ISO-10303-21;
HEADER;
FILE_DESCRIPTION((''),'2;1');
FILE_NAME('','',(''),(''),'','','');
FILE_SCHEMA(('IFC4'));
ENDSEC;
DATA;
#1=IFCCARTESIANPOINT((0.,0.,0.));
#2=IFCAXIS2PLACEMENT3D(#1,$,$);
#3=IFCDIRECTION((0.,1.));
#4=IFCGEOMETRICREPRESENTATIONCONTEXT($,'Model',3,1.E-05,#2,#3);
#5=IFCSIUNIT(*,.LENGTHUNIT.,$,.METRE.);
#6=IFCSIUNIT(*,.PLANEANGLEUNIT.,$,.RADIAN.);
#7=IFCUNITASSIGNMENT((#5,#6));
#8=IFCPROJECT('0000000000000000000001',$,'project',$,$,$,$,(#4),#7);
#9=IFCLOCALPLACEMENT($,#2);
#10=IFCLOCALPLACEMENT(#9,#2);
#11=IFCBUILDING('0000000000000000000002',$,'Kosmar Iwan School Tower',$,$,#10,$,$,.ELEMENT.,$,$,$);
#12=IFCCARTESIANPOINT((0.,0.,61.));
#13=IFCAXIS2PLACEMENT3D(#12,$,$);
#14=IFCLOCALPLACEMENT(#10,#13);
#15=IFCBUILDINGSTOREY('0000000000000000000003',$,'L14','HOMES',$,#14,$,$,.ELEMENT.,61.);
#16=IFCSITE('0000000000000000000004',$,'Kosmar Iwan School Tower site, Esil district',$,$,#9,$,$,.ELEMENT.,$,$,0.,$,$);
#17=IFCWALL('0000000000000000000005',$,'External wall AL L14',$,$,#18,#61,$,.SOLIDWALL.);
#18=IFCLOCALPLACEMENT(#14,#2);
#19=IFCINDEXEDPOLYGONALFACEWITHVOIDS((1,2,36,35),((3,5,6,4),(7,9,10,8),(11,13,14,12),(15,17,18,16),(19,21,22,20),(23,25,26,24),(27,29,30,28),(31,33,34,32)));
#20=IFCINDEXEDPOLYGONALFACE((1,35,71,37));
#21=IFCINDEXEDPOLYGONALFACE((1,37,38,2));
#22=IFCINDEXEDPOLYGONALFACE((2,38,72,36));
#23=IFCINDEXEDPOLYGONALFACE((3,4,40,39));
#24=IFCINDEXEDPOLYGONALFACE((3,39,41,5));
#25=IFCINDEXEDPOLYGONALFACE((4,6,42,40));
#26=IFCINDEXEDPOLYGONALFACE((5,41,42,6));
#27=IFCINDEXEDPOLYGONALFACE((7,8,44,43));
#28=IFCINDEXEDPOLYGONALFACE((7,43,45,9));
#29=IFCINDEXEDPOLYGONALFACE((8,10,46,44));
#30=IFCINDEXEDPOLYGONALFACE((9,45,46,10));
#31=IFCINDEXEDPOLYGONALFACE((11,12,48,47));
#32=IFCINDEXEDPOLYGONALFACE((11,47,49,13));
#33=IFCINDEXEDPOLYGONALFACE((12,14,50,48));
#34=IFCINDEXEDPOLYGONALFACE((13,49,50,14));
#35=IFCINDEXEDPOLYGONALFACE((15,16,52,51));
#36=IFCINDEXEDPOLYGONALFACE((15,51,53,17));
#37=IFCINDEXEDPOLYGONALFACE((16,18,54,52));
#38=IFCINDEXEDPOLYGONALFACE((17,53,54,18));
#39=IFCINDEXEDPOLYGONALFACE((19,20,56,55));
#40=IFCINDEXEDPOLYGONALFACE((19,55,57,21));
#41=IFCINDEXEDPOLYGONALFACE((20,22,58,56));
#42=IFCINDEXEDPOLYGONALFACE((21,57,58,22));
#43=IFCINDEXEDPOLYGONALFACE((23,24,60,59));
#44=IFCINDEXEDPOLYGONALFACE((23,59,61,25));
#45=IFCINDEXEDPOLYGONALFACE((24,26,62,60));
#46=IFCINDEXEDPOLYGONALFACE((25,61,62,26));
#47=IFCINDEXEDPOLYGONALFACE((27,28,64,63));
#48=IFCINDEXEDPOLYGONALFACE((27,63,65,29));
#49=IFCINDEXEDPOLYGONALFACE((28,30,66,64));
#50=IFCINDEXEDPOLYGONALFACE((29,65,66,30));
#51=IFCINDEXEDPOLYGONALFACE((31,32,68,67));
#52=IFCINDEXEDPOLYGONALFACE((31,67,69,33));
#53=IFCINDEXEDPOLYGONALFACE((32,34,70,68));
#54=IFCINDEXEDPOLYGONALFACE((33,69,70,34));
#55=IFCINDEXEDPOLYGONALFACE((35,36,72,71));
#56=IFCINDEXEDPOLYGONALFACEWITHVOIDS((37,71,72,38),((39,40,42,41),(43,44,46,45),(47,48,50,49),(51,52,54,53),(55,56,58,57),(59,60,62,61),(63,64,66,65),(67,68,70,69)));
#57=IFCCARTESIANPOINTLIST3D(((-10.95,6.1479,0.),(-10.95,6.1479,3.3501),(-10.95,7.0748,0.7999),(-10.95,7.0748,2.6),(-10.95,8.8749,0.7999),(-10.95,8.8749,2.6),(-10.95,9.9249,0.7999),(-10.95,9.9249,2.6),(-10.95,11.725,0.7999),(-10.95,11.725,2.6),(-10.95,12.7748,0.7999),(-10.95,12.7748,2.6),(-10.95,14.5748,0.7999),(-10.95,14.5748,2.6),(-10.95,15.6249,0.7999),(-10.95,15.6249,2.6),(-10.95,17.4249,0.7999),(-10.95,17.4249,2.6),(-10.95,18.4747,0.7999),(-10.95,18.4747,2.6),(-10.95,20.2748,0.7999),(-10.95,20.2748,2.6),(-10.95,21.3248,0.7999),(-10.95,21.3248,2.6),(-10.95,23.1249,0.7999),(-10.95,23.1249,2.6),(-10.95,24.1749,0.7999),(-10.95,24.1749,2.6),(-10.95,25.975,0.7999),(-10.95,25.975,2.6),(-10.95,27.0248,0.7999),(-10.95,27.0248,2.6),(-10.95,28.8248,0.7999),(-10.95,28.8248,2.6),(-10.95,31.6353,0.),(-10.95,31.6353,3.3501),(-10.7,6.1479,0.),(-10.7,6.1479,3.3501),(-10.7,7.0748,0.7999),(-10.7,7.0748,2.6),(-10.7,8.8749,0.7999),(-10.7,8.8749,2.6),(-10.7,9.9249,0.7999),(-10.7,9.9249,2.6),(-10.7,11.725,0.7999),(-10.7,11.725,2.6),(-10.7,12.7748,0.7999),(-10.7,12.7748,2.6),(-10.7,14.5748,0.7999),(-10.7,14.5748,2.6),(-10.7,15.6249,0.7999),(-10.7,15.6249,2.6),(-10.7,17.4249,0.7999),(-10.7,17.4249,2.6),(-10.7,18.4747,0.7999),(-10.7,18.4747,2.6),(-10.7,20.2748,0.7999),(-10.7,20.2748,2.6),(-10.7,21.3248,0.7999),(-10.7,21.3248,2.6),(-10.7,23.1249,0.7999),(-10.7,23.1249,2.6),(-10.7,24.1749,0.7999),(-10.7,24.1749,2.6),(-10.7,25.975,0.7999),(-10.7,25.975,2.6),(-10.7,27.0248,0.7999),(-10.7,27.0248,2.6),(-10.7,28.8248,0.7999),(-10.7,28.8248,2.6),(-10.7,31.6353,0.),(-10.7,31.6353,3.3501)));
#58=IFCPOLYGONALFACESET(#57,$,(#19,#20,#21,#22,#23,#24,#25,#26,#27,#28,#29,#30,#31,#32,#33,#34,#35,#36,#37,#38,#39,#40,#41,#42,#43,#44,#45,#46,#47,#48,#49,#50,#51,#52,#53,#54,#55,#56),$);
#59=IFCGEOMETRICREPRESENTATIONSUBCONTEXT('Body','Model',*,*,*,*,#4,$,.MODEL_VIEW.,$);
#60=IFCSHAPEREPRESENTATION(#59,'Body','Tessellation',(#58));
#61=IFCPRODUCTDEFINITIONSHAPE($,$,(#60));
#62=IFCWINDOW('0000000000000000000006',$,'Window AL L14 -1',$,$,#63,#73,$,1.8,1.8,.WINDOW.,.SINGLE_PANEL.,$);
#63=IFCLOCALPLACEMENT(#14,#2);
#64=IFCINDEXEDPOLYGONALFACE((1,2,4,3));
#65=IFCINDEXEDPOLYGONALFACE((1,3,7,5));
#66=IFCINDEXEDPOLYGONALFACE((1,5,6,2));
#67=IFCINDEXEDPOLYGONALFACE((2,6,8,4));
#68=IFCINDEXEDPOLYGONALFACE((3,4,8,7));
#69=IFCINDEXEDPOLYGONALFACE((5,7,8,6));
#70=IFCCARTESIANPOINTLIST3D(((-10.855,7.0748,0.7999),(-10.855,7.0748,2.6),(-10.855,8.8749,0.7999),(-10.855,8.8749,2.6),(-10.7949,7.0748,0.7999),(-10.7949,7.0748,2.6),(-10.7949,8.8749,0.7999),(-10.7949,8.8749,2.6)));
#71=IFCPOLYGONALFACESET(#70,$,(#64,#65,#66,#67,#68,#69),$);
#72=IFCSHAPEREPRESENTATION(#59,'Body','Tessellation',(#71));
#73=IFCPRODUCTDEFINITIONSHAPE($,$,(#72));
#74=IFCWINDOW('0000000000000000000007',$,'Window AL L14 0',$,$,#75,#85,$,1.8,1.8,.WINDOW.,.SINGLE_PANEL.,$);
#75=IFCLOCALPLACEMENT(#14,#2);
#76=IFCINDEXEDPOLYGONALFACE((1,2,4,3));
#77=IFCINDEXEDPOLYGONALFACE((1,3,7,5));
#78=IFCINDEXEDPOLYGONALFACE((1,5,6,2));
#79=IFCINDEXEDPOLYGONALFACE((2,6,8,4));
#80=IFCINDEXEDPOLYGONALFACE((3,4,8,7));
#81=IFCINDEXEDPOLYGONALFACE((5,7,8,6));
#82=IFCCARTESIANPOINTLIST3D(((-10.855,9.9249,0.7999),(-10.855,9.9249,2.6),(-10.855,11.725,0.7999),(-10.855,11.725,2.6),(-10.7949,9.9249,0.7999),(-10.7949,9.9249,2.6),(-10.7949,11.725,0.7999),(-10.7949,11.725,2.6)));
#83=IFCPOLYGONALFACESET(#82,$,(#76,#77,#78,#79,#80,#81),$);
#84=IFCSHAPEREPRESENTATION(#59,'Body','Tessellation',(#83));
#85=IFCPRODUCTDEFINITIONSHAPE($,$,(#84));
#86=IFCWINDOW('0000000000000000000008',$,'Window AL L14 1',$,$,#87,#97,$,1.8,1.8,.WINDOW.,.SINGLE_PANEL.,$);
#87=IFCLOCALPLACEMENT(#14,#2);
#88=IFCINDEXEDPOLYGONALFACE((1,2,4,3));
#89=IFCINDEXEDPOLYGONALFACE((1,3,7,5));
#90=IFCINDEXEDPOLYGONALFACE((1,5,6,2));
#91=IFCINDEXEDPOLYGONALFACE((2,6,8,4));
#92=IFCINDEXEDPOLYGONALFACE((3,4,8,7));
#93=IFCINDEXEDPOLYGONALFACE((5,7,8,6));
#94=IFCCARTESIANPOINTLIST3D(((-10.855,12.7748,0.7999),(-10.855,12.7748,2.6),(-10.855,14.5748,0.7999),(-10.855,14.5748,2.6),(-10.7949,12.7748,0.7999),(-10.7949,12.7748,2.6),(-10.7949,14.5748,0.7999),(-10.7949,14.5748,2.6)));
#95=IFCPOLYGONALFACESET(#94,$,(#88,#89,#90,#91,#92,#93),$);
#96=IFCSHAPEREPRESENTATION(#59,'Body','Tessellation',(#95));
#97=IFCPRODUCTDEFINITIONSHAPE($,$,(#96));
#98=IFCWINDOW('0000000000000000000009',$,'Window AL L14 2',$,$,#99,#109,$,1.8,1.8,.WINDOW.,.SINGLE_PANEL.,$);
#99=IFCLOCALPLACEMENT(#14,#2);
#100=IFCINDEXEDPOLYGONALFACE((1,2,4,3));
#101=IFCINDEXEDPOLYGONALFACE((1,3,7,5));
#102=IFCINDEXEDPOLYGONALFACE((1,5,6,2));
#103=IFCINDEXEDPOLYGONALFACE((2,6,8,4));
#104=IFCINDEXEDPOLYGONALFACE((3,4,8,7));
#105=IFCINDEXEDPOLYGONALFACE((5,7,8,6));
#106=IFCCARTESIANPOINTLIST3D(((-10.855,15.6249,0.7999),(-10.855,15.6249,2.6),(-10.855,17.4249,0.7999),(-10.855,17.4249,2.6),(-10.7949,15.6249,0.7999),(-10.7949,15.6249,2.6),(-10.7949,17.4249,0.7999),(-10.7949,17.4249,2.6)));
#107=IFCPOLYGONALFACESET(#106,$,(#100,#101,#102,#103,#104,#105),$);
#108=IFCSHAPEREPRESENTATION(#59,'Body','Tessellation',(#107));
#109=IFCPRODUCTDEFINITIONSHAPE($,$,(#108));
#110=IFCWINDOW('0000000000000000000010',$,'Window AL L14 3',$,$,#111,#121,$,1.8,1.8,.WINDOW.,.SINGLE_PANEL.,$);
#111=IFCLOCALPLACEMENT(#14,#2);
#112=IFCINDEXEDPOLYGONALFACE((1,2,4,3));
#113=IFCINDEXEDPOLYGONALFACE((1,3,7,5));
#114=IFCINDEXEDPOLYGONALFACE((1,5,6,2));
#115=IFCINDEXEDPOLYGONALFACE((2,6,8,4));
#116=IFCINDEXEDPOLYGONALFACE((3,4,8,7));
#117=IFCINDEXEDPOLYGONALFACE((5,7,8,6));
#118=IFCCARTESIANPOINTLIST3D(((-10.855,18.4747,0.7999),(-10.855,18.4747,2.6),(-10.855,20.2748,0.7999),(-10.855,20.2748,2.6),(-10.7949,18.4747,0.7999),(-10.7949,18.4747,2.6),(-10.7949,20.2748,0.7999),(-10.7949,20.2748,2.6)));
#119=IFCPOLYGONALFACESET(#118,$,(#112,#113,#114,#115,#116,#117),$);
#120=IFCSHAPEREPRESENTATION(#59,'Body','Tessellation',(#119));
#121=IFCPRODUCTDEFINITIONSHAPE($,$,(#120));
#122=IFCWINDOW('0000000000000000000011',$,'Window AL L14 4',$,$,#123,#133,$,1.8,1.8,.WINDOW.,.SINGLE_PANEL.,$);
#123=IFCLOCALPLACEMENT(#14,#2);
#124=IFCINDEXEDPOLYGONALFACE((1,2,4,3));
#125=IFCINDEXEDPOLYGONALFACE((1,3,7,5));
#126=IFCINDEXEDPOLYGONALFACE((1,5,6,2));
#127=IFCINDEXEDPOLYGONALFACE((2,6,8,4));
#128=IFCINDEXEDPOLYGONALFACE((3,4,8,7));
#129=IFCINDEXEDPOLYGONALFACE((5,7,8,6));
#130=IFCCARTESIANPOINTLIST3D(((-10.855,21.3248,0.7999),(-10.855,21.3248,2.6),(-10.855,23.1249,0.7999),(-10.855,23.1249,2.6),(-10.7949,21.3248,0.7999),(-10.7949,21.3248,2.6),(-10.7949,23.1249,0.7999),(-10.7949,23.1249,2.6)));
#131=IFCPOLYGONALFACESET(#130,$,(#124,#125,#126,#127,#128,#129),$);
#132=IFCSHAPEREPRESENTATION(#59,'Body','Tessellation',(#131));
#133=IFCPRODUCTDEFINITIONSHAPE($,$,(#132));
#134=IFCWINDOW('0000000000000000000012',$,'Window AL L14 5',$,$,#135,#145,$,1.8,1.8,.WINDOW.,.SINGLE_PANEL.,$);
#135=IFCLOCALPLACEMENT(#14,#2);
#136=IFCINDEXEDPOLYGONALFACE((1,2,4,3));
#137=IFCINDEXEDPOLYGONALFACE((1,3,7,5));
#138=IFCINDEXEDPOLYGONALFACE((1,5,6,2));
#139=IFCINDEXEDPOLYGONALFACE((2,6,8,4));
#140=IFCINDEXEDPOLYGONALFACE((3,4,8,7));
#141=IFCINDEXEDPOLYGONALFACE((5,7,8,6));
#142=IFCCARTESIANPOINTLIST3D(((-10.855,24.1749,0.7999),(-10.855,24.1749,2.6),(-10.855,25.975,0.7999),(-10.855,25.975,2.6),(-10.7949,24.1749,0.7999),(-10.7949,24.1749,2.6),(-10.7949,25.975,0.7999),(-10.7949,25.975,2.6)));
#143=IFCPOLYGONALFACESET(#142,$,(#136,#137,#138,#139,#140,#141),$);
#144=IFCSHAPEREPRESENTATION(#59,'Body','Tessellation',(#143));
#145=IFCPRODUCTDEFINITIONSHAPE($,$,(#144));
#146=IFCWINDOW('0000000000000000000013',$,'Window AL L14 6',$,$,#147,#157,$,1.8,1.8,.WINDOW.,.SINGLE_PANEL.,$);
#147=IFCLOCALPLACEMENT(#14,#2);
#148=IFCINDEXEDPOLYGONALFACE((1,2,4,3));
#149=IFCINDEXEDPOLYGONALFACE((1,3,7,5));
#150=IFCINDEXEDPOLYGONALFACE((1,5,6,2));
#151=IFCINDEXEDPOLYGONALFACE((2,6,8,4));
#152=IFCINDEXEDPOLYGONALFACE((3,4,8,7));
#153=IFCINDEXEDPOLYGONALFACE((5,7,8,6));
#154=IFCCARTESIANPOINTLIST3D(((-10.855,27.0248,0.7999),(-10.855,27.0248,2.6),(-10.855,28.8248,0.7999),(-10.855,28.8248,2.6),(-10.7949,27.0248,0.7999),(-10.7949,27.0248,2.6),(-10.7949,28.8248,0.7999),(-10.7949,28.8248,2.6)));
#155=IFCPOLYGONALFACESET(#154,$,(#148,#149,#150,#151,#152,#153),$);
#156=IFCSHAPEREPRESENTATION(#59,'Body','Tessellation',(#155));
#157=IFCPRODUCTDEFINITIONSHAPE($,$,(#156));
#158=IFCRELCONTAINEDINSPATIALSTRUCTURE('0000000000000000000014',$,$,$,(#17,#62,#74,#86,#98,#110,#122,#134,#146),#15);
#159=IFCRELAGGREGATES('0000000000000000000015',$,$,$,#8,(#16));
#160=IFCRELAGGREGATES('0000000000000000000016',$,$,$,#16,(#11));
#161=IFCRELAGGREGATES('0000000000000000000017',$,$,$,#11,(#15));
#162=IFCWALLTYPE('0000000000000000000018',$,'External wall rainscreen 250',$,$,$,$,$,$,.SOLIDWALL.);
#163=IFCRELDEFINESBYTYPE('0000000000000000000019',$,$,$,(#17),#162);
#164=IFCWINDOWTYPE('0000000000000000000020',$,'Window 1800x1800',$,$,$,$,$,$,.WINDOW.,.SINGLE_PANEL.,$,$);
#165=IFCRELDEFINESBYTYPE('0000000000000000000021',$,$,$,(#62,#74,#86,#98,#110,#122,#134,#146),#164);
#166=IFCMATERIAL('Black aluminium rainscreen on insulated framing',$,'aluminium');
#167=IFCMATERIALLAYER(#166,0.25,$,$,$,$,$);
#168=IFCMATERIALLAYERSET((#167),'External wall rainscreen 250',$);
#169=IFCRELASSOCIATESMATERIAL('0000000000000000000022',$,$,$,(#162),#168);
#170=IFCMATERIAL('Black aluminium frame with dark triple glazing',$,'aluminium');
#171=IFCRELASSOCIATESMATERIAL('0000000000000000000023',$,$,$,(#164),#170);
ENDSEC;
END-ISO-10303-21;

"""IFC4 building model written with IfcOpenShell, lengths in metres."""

from ifc_helpers import new_model, si_unit, direction, frame, frame_2d, origin, place, context, subcontext, project, spatial, rectangle, extrude, material, layer, layer_set, type_object, element, fill, save


model = new_model("IFC4")

# Units and contexts
model_context = context("Model", 3, precision=1e-05, world=origin(), true_north=direction((0.0, 1.0)))
body_context = subcontext(model_context, "Body", "Model", "MODEL_VIEW")
ifc_project = project(units=[si_unit("LENGTHUNIT", "METRE"), si_unit("PLANEANGLEUNIT", "RADIAN")], contexts=[model_context])

# Site, building, storey
site_placement = place(None, origin())
site = spatial("IfcSite", under=ifc_project, at=site_placement, Name="Kosmar Iwan School Tower site, Esil district", CompositionType="ELEMENT", RefElevation=0.0)
building_placement = place(site_placement, origin())
building = spatial("IfcBuilding", under=site, at=building_placement, Name="Kosmar Iwan School Tower", CompositionType="ELEMENT")
storey_placement = place(building_placement, frame((0.0, 0.0, 61.0)))
storey = spatial("IfcBuildingStorey", under=building, at=storey_placement, Name="L14", Description="HOMES", CompositionType="ELEMENT", Elevation=61.0)

# Wall, openings, windows
ifc_material_1 = material(Name="Black aluminium rainscreen on insulated framing", Category="aluminium")
ifc_layer = layer(ifc_material_1, 0.25)
ifc_layer_set = layer_set([ifc_layer], Name="External wall rainscreen 250")
wall_type = type_object("IfcWallType", Name="External wall rainscreen 250", PredefinedType="SOLIDWALL", material=ifc_layer_set)
wall_1_placement = place(storey_placement, frame((-10.825, 6.1479, 0.0), z_axis=(0.0, 0.0, 1.0), x_axis=(0.0, 1.0, 0.0)))
wall_1 = element("IfcWall", 1, at=wall_1_placement, inside=storey, type_object=wall_type, Name="External wall AL L14", PredefinedType="SOLIDWALL", context=body_context, shape_type="SweptSolid", body=[
    extrude(rectangle(XDim=25.4873, YDim=0.25, at=frame_2d((12.7437, 0.0))), origin(), (0.0, 0.0, 1.0), 3.3501),
])
opening_1_placement = place(wall_1_placement, frame((0.927, 0.0, 0.8)))
opening_1 = element("IfcOpeningElement", 2, at=opening_1_placement, cuts=wall_1, PredefinedType="OPENING", context=body_context, shape_type="SweptSolid", body=[
    extrude(rectangle(XDim=1.8, YDim=1.8, at=frame_2d((0.8999, 0.8999))), frame((0.0, 0.137, 0.0), z_axis=(0.0, -1.0, 0.0), x_axis=(1.0, 0.0, 0.0)), (0.0, 0.0, 1.0), 0.2739),
])
opening_2_placement = place(wall_1_placement, frame((3.7771, 0.0, 0.8)))
opening_2 = element("IfcOpeningElement", 3, at=opening_2_placement, cuts=wall_1, PredefinedType="OPENING", context=body_context, shape_type="SweptSolid", body=[
    extrude(rectangle(XDim=1.8, YDim=1.8, at=frame_2d((0.8999, 0.8999))), frame((0.0, 0.137, 0.0), z_axis=(0.0, -1.0, 0.0), x_axis=(1.0, 0.0, 0.0)), (0.0, 0.0, 1.0), 0.2739),
])
opening_3_placement = place(wall_1_placement, frame((6.627, 0.0, 0.8)))
opening_3 = element("IfcOpeningElement", 4, at=opening_3_placement, cuts=wall_1, PredefinedType="OPENING", context=body_context, shape_type="SweptSolid", body=[
    extrude(rectangle(XDim=1.8, YDim=1.8, at=frame_2d((0.8999, 0.8999))), frame((0.0, 0.137, 0.0), z_axis=(0.0, -1.0, 0.0), x_axis=(1.0, 0.0, 0.0)), (0.0, 0.0, 1.0), 0.2739),
])
opening_4_placement = place(wall_1_placement, frame((9.4771, 0.0, 0.8)))
opening_4 = element("IfcOpeningElement", 5, at=opening_4_placement, cuts=wall_1, PredefinedType="OPENING", context=body_context, shape_type="SweptSolid", body=[
    extrude(rectangle(XDim=1.8, YDim=1.8, at=frame_2d((0.8999, 0.8999))), frame((0.0, 0.137, 0.0), z_axis=(0.0, -1.0, 0.0), x_axis=(1.0, 0.0, 0.0)), (0.0, 0.0, 1.0), 0.2739),
])
opening_5_placement = place(wall_1_placement, frame((12.3269, 0.0, 0.8)))
opening_5 = element("IfcOpeningElement", 6, at=opening_5_placement, cuts=wall_1, PredefinedType="OPENING", context=body_context, shape_type="SweptSolid", body=[
    extrude(rectangle(XDim=1.8, YDim=1.8, at=frame_2d((0.8999, 0.8999))), frame((0.0, 0.137, 0.0), z_axis=(0.0, -1.0, 0.0), x_axis=(1.0, 0.0, 0.0)), (0.0, 0.0, 1.0), 0.2739),
])
opening_6_placement = place(wall_1_placement, frame((15.177, 0.0, 0.8)))
opening_6 = element("IfcOpeningElement", 7, at=opening_6_placement, cuts=wall_1, PredefinedType="OPENING", context=body_context, shape_type="SweptSolid", body=[
    extrude(rectangle(XDim=1.8, YDim=1.8, at=frame_2d((0.8999, 0.8999))), frame((0.0, 0.137, 0.0), z_axis=(0.0, -1.0, 0.0), x_axis=(1.0, 0.0, 0.0)), (0.0, 0.0, 1.0), 0.2739),
])
opening_7_placement = place(wall_1_placement, frame((18.0271, 0.0, 0.8)))
opening_7 = element("IfcOpeningElement", 8, at=opening_7_placement, cuts=wall_1, PredefinedType="OPENING", context=body_context, shape_type="SweptSolid", body=[
    extrude(rectangle(XDim=1.8, YDim=1.8, at=frame_2d((0.8999, 0.8999))), frame((0.0, 0.137, 0.0), z_axis=(0.0, -1.0, 0.0), x_axis=(1.0, 0.0, 0.0)), (0.0, 0.0, 1.0), 0.2739),
])
opening_8_placement = place(wall_1_placement, frame((20.877, 0.0, 0.8)))
opening_8 = element("IfcOpeningElement", 9, at=opening_8_placement, cuts=wall_1, PredefinedType="OPENING", context=body_context, shape_type="SweptSolid", body=[
    extrude(rectangle(XDim=1.8, YDim=1.8, at=frame_2d((0.8999, 0.8999))), frame((0.0, 0.137, 0.0), z_axis=(0.0, -1.0, 0.0), x_axis=(1.0, 0.0, 0.0)), (0.0, 0.0, 1.0), 0.2739),
])
ifc_material_2 = material(Name="Black aluminium frame with dark triple glazing", Category="aluminium")
window_type = type_object("IfcWindowType", Name="Window 1800x1800", PartitioningType="SINGLE_PANEL", PredefinedType="WINDOW", material=ifc_material_2)
window_1_placement = place(opening_1_placement, origin())
window_1 = element("IfcWindow", 10, at=window_1_placement, inside=storey, type_object=window_type, Name="Window AL L14 -1", OverallHeight=1.8, OverallWidth=1.8, PartitioningType="SINGLE_PANEL", PredefinedType="WINDOW", context=body_context, shape_type="SweptSolid", body=[
    extrude(rectangle(XDim=1.8, YDim=1.8, at=frame_2d((0.8999, 0.8999))), frame((0.0, 0.03, 0.0), z_axis=(0.0, -1.0, 0.0), x_axis=(1.0, 0.0, 0.0)), (0.0, 0.0, 1.0), 0.0601),
])
fill(opening_1, window_1)
window_2_placement = place(opening_2_placement, origin())
window_2 = element("IfcWindow", 11, at=window_2_placement, inside=storey, type_object=window_type, Name="Window AL L14 0", OverallHeight=1.8, OverallWidth=1.8, PartitioningType="SINGLE_PANEL", PredefinedType="WINDOW", context=body_context, shape_type="SweptSolid", body=[
    extrude(rectangle(XDim=1.8, YDim=1.8, at=frame_2d((0.8999, 0.8999))), frame((0.0, 0.03, 0.0), z_axis=(0.0, -1.0, 0.0), x_axis=(1.0, 0.0, 0.0)), (0.0, 0.0, 1.0), 0.0601),
])
fill(opening_2, window_2)
window_3_placement = place(opening_3_placement, origin())
window_3 = element("IfcWindow", 12, at=window_3_placement, inside=storey, type_object=window_type, Name="Window AL L14 1", OverallHeight=1.8, OverallWidth=1.8, PartitioningType="SINGLE_PANEL", PredefinedType="WINDOW", context=body_context, shape_type="SweptSolid", body=[
    extrude(rectangle(XDim=1.8, YDim=1.8, at=frame_2d((0.8999, 0.8999))), frame((0.0, 0.03, 0.0), z_axis=(0.0, -1.0, 0.0), x_axis=(1.0, 0.0, 0.0)), (0.0, 0.0, 1.0), 0.0601),
])
fill(opening_3, window_3)
window_4_placement = place(opening_4_placement, origin())
window_4 = element("IfcWindow", 13, at=window_4_placement, inside=storey, type_object=window_type, Name="Window AL L14 2", OverallHeight=1.8, OverallWidth=1.8, PartitioningType="SINGLE_PANEL", PredefinedType="WINDOW", context=body_context, shape_type="SweptSolid", body=[
    extrude(rectangle(XDim=1.8, YDim=1.8, at=frame_2d((0.8999, 0.8999))), frame((0.0, 0.03, 0.0), z_axis=(0.0, -1.0, 0.0), x_axis=(1.0, 0.0, 0.0)), (0.0, 0.0, 1.0), 0.0601),
])
fill(opening_4, window_4)
window_5_placement = place(opening_5_placement, origin())
window_5 = element("IfcWindow", 14, at=window_5_placement, inside=storey, type_object=window_type, Name="Window AL L14 3", OverallHeight=1.8, OverallWidth=1.8, PartitioningType="SINGLE_PANEL", PredefinedType="WINDOW", context=body_context, shape_type="SweptSolid", body=[
    extrude(rectangle(XDim=1.8, YDim=1.8, at=frame_2d((0.8999, 0.8999))), frame((0.0, 0.03, 0.0), z_axis=(0.0, -1.0, 0.0), x_axis=(1.0, 0.0, 0.0)), (0.0, 0.0, 1.0), 0.0601),
])
fill(opening_5, window_5)
window_6_placement = place(opening_6_placement, origin())
window_6 = element("IfcWindow", 15, at=window_6_placement, inside=storey, type_object=window_type, Name="Window AL L14 4", OverallHeight=1.8, OverallWidth=1.8, PartitioningType="SINGLE_PANEL", PredefinedType="WINDOW", context=body_context, shape_type="SweptSolid", body=[
    extrude(rectangle(XDim=1.8, YDim=1.8, at=frame_2d((0.8999, 0.8999))), frame((0.0, 0.03, 0.0), z_axis=(0.0, -1.0, 0.0), x_axis=(1.0, 0.0, 0.0)), (0.0, 0.0, 1.0), 0.0601),
])
fill(opening_6, window_6)
window_7_placement = place(opening_7_placement, origin())
window_7 = element("IfcWindow", 16, at=window_7_placement, inside=storey, type_object=window_type, Name="Window AL L14 5", OverallHeight=1.8, OverallWidth=1.8, PartitioningType="SINGLE_PANEL", PredefinedType="WINDOW", context=body_context, shape_type="SweptSolid", body=[
    extrude(rectangle(XDim=1.8, YDim=1.8, at=frame_2d((0.8999, 0.8999))), frame((0.0, 0.03, 0.0), z_axis=(0.0, -1.0, 0.0), x_axis=(1.0, 0.0, 0.0)), (0.0, 0.0, 1.0), 0.0601),
])
fill(opening_7, window_7)
window_8_placement = place(opening_8_placement, origin())
window_8 = element("IfcWindow", 17, at=window_8_placement, inside=storey, type_object=window_type, Name="Window AL L14 6", OverallHeight=1.8, OverallWidth=1.8, PartitioningType="SINGLE_PANEL", PredefinedType="WINDOW", context=body_context, shape_type="SweptSolid", body=[
    extrude(rectangle(XDim=1.8, YDim=1.8, at=frame_2d((0.8999, 0.8999))), frame((0.0, 0.03, 0.0), z_axis=(0.0, -1.0, 0.0), x_axis=(1.0, 0.0, 0.0)), (0.0, 0.0, 1.0), 0.0601),
])
fill(opening_8, window_8)

save(model, "model.ifc")
